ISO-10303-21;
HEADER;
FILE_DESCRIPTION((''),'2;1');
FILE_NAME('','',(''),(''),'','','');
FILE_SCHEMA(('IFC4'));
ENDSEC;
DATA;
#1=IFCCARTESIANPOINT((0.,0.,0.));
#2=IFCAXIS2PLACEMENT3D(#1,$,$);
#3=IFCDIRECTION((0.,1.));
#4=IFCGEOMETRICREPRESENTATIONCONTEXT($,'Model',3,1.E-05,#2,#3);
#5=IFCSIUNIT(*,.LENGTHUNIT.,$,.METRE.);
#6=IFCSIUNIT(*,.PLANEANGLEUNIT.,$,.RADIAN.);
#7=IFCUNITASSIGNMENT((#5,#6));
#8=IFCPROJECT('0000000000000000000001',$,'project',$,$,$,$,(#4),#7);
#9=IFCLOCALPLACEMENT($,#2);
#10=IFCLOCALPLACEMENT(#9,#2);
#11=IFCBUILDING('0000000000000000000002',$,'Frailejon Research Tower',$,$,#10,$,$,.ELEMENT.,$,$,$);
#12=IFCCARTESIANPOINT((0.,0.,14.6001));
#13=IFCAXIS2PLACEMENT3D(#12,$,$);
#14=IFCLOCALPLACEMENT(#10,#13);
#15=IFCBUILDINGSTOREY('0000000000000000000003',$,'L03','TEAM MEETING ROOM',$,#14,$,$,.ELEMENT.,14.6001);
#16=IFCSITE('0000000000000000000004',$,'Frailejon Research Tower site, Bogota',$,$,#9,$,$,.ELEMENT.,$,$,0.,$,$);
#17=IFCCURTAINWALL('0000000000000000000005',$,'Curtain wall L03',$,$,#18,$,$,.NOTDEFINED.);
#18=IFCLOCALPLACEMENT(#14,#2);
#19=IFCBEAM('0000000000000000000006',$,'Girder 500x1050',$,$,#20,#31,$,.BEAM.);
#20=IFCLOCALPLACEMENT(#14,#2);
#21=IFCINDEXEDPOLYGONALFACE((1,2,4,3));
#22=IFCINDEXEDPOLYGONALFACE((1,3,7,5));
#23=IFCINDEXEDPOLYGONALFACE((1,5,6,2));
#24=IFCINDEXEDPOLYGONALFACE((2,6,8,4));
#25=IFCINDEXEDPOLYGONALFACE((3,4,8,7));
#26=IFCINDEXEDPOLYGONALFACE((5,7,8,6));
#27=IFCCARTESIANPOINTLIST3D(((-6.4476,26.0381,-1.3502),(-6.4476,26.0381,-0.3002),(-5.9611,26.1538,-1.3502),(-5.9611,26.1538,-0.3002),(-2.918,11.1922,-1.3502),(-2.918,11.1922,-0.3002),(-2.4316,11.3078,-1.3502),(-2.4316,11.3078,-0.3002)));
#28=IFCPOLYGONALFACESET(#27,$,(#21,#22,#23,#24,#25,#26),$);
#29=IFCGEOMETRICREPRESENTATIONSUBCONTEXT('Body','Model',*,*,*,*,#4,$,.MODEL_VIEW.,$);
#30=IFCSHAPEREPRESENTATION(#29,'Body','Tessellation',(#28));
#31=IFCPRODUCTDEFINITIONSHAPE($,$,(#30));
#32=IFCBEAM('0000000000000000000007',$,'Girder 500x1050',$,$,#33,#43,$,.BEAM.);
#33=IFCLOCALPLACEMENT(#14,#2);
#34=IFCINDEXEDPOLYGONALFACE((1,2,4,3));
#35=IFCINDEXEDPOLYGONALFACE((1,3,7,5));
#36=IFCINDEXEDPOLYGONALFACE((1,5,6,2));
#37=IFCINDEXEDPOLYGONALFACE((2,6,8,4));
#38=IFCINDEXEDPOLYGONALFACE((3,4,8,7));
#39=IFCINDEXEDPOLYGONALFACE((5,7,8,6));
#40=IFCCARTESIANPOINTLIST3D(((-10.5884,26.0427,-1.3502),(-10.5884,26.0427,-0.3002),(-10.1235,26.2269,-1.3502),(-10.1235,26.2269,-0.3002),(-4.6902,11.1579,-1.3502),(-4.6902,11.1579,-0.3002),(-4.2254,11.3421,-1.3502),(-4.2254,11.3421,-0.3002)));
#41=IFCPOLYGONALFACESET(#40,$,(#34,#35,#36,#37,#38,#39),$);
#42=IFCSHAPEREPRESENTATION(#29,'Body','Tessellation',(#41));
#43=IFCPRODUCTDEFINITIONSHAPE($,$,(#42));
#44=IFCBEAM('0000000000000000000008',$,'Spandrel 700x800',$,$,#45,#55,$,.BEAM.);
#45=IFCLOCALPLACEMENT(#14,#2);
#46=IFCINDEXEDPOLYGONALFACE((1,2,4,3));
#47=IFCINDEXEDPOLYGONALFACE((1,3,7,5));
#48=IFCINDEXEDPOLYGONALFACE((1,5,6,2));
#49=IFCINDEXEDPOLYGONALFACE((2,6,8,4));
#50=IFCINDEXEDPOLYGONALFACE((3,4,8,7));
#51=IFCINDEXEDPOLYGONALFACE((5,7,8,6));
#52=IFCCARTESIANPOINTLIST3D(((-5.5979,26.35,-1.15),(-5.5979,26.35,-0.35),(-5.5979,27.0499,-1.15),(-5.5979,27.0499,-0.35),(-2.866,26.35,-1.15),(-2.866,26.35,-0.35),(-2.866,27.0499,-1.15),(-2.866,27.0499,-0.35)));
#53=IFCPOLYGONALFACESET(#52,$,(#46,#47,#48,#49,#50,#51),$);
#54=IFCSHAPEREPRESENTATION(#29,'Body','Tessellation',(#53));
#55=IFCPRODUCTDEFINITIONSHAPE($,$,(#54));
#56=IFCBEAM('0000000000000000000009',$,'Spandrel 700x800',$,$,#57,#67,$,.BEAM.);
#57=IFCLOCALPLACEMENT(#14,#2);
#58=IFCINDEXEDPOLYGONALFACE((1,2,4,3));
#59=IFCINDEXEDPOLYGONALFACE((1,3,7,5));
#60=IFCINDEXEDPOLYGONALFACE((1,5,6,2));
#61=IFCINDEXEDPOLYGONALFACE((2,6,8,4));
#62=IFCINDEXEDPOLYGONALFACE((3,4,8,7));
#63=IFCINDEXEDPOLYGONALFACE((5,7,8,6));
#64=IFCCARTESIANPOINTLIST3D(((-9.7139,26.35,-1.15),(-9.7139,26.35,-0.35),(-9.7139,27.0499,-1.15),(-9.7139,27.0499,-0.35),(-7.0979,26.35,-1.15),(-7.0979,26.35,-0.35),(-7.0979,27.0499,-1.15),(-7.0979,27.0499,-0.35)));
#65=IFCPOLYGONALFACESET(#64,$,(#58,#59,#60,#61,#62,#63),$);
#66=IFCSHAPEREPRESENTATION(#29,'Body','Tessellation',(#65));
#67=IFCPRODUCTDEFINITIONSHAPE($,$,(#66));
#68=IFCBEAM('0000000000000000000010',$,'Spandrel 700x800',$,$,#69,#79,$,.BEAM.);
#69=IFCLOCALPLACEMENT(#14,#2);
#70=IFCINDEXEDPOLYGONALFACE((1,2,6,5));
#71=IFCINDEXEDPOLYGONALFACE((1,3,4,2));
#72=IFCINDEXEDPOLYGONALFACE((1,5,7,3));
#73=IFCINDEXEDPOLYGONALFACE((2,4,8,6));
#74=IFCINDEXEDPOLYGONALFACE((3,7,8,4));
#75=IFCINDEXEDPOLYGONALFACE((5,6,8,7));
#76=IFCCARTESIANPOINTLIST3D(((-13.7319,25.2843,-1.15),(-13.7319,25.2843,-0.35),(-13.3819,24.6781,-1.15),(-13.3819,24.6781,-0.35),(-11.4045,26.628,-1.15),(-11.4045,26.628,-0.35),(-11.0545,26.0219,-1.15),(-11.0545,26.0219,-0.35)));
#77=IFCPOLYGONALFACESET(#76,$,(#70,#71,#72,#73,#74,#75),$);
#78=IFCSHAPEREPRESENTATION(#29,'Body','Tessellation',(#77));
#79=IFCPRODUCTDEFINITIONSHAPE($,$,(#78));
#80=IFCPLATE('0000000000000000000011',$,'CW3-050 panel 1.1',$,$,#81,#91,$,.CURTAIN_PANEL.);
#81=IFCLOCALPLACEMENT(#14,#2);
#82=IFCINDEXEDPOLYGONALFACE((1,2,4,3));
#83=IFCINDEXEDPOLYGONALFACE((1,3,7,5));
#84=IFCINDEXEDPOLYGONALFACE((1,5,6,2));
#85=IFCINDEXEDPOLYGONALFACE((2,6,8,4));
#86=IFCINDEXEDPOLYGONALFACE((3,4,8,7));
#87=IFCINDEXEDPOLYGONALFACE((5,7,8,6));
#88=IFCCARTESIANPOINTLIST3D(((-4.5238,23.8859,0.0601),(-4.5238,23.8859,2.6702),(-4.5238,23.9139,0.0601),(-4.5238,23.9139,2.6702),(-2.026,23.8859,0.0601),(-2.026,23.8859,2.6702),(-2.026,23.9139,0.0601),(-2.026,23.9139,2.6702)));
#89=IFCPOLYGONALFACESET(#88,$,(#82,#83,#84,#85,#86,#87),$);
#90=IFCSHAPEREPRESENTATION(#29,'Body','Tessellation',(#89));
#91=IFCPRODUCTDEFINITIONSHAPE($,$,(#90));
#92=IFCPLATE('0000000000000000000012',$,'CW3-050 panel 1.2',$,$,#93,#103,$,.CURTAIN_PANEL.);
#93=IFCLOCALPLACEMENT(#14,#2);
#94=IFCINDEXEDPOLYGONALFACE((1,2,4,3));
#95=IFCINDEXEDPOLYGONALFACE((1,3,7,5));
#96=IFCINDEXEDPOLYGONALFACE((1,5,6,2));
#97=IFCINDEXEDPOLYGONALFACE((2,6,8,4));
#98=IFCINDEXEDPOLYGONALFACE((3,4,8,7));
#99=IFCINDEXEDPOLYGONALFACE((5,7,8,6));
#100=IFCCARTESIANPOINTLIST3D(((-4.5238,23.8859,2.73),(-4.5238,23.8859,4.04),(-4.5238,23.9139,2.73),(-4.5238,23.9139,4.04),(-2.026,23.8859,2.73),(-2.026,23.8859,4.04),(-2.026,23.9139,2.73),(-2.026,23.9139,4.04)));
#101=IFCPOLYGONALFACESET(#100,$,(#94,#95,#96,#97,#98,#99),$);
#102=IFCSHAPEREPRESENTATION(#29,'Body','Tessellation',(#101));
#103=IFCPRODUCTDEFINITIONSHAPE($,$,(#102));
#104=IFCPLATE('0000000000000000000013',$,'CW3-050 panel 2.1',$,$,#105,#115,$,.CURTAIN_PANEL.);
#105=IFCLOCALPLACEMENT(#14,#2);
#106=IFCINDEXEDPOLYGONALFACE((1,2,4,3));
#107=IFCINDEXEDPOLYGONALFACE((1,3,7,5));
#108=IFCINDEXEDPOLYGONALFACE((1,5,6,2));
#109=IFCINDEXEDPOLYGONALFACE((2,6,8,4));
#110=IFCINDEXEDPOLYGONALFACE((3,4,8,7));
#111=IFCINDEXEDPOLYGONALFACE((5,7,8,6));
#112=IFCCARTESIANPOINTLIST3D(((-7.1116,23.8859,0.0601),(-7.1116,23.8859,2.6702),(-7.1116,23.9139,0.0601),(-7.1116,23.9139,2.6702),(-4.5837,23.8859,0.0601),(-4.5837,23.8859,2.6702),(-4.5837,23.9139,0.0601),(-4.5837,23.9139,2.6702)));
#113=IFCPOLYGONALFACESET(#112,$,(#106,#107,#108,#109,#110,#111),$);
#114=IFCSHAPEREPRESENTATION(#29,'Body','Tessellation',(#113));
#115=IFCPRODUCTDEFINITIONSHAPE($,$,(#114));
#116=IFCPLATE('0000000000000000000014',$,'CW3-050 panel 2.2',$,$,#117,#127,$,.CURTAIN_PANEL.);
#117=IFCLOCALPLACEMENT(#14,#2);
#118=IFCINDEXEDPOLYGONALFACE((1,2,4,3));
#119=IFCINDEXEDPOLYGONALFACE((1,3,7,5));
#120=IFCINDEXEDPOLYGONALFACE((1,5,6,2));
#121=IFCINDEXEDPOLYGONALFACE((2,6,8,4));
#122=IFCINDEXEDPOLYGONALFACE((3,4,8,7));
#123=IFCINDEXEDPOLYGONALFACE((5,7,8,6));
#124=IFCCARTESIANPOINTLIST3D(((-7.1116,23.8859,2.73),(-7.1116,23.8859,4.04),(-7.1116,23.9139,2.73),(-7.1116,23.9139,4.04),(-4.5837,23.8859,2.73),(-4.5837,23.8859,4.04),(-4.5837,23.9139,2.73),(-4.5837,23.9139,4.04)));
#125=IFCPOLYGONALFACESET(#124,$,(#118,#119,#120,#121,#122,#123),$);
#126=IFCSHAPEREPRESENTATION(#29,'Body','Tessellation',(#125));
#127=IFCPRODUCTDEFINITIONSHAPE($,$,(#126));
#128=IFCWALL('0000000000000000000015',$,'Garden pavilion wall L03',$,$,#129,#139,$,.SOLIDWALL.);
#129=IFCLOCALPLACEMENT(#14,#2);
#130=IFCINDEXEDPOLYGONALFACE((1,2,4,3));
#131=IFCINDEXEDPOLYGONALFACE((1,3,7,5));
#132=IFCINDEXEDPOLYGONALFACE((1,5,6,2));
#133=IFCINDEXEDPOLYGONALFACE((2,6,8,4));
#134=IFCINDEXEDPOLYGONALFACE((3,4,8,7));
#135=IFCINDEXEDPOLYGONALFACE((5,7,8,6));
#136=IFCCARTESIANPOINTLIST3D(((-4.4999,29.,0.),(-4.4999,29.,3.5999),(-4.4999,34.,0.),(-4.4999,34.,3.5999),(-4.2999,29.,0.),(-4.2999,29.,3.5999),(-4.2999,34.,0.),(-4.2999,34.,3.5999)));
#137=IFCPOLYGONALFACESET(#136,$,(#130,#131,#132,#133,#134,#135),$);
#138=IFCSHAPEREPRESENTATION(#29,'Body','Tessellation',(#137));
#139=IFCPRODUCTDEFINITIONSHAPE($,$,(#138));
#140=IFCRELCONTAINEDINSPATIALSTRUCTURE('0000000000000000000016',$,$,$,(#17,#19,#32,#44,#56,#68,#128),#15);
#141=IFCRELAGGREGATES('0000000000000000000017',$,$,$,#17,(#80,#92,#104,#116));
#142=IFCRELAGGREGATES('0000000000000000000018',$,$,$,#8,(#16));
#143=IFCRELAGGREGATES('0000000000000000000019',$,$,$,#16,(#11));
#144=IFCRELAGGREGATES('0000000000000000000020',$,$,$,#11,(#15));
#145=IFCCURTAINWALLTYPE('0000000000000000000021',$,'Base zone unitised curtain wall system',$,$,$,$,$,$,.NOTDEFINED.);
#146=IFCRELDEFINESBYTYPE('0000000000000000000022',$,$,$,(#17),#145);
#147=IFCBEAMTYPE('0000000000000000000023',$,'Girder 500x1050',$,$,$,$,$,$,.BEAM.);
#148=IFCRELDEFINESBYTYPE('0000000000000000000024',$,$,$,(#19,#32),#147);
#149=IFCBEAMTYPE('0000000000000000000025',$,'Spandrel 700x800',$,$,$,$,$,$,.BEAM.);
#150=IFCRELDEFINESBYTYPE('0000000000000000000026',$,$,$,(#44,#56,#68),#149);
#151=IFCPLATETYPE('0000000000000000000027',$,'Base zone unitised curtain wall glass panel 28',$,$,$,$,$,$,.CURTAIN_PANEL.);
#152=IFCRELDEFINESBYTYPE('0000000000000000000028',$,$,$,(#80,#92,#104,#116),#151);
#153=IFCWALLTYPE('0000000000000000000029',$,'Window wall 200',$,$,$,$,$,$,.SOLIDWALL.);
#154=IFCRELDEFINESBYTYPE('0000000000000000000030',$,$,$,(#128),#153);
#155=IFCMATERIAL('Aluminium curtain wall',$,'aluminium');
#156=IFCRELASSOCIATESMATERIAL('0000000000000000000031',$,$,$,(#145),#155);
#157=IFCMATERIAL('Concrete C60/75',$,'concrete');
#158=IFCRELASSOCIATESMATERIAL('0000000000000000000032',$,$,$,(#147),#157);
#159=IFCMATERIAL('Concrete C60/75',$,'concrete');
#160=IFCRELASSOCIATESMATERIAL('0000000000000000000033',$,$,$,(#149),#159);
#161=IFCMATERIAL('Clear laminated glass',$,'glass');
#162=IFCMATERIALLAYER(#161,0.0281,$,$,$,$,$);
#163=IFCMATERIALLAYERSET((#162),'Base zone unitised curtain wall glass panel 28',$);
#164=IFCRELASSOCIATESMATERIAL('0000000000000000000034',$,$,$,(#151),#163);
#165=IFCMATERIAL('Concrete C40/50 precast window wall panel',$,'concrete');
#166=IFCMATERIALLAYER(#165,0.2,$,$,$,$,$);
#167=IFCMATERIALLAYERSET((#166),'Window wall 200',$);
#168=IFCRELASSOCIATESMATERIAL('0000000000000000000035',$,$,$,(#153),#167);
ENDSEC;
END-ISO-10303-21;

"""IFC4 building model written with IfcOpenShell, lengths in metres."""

from ifc_helpers import new_model, si_unit, direction, frame, frame_2d, origin, origin_2d, place, context, subcontext, project, spatial, rectangle, extrude, material, layer, layer_set, material_profile, profile_set, type_object, element, aggregate, save


model = new_model("IFC4")

# Units and contexts
model_context = context("Model", 3, precision=1e-05, world=origin(), true_north=direction((0.0, 1.0)))
body_context = subcontext(model_context, "Body", "Model", "MODEL_VIEW")
ifc_project = project(units=[si_unit("LENGTHUNIT", "METRE"), si_unit("PLANEANGLEUNIT", "RADIAN")], contexts=[model_context])

# Site, building, storey
site_placement = place(None, origin())
site = spatial("IfcSite", under=ifc_project, at=site_placement, Name="Frailejon Research Tower site, Bogota", CompositionType="ELEMENT", RefElevation=0.0)
building_placement = place(site_placement, origin())
building = spatial("IfcBuilding", under=site, at=building_placement, Name="Frailejon Research Tower", CompositionType="ELEMENT")
storey_placement = place(building_placement, frame((0.0, 0.0, 14.6001)))
storey = spatial("IfcBuildingStorey", under=building, at=storey_placement, Name="L03", Description="TEAM MEETING ROOM", CompositionType="ELEMENT", Elevation=14.6001)

# Curtain wall
ifc_material_1 = material(Name="Aluminium curtain wall", Category="aluminium")
curtain_wall_type = type_object("IfcCurtainWallType", Name="Base zone unitised curtain wall system", PredefinedType="NOTDEFINED", material=ifc_material_1)
curtain_wall_placement = place(storey_placement, origin())
curtain_wall = element("IfcCurtainWall", 1, at=curtain_wall_placement, inside=storey, type_object=curtain_wall_type, Name="Curtain wall L03", PredefinedType="NOTDEFINED")

# Beams
ifc_material_2 = material(Name="Concrete C60/75", Category="concrete")
ifc_material_profile_1 = material_profile(ifc_material_2, rectangle(XDim=0.5, YDim=1.05, at=origin_2d()), Name="Girder 500x1050")
ifc_profile_set_1 = profile_set([ifc_material_profile_1], Name="Concrete C60/75")
beam_type_1 = type_object("IfcBeamType", Name="Girder 500x1050", PredefinedType="BEAM", material=ifc_profile_set_1)
beam_1_placement = place(storey_placement, frame((-6.2043, 26.0959, -0.8252), z_axis=(0.231298, -0.972883, 0.0), x_axis=(0.972883, 0.231298, 0.0)))
element("IfcBeam", 2, at=beam_1_placement, inside=storey, type_object=beam_type_1, Name="Girder 500x1050", PredefinedType="BEAM", context=body_context, shape_type="SweptSolid", body=[
    extrude(rectangle(XDim=0.5, YDim=1.05, at=origin_2d()), origin(), (0.0, 0.0, 1.0), 15.2598),
])
beam_2_placement = place(storey_placement, frame((-10.356, 26.1348, -0.8252), z_axis=(0.368389, -0.929672, 0.0), x_axis=(0.929672, 0.368389, 0.0)))
element("IfcBeam", 3, at=beam_2_placement, inside=storey, type_object=beam_type_1, Name="Girder 500x1050", PredefinedType="BEAM", context=body_context, shape_type="SweptSolid", body=[
    extrude(rectangle(XDim=0.5, YDim=1.05, at=origin_2d()), origin(), (0.0, 0.0, 1.0), 16.0107),
])
ifc_material_3 = material(Name="Concrete C60/75", Category="concrete")
ifc_material_profile_2 = material_profile(ifc_material_3, rectangle(XDim=0.7, YDim=0.8, at=origin_2d()), Name="Spandrel 700x800")
ifc_profile_set_2 = profile_set([ifc_material_profile_2], Name="Concrete C60/75")
beam_type_2 = type_object("IfcBeamType", Name="Spandrel 700x800", PredefinedType="BEAM", material=ifc_profile_set_2)
beam_3_placement = place(storey_placement, frame((-2.866, 26.7, -0.75), z_axis=(-1.0, 0.0, 0.0), x_axis=(0.0, -1.0, 0.0)))
element("IfcBeam", 4, at=beam_3_placement, inside=storey, type_object=beam_type_2, Name="Spandrel 700x800", PredefinedType="BEAM", context=body_context, shape_type="SweptSolid", body=[
    extrude(rectangle(XDim=0.7, YDim=0.8, at=origin_2d()), origin(), (0.0, 0.0, 1.0), 2.7319),
])
beam_4_placement = place(storey_placement, frame((-7.0979, 26.7, -0.75), z_axis=(-1.0, 0.0, 0.0), x_axis=(0.0, -1.0, 0.0)))
element("IfcBeam", 5, at=beam_4_placement, inside=storey, type_object=beam_type_2, Name="Spandrel 700x800", PredefinedType="BEAM", context=body_context, shape_type="SweptSolid", body=[
    extrude(rectangle(XDim=0.7, YDim=0.8, at=origin_2d()), origin(), (0.0, 0.0, 1.0), 2.616),
])
beam_5_placement = place(storey_placement, frame((-11.2295, 26.325, -0.75), z_axis=(-0.866021, -0.500008, 0.0), x_axis=(0.500008, -0.866021, 0.0)))
element("IfcBeam", 6, at=beam_5_placement, inside=storey, type_object=beam_type_2, Name="Spandrel 700x800", PredefinedType="BEAM", context=body_context, shape_type="SweptSolid", body=[
    extrude(rectangle(XDim=0.7, YDim=0.8, at=origin_2d()), origin(), (0.0, 0.0, 1.0), 2.6875),
])

# Plates
ifc_material_4 = material(Name="Clear laminated glass", Category="glass")
ifc_layer_1 = layer(ifc_material_4, 0.0281)
ifc_layer_set_1 = layer_set([ifc_layer_1], Name="Base zone unitised curtain wall glass panel 28")
plate_type = type_object("IfcPlateType", Name="Base zone unitised curtain wall glass panel 28", PredefinedType="CURTAIN_PANEL", material=ifc_layer_set_1)
plate_1_placement = place(storey_placement, frame((-3.2749, 23.8999, 0.0601), z_axis=(0.0, 0.0, 1.0), x_axis=(-1.0, 0.0, 0.0)))
plate_1 = element("IfcPlate", 7, at=plate_1_placement, type_object=plate_type, Name="CW3-050 panel 1.1", PredefinedType="CURTAIN_PANEL", context=body_context, shape_type="SweptSolid", body=[
    extrude(rectangle(XDim=2.4978, YDim=0.0281, at=origin_2d()), origin(), (0.0, 0.0, 1.0), 2.6101),
])
plate_2_placement = place(storey_placement, frame((-3.2749, 23.8999, 2.73), z_axis=(0.0, 0.0, 1.0), x_axis=(-1.0, 0.0, 0.0)))
plate_2 = element("IfcPlate", 8, at=plate_2_placement, type_object=plate_type, Name="CW3-050 panel 1.2", PredefinedType="CURTAIN_PANEL", context=body_context, shape_type="SweptSolid", body=[
    extrude(rectangle(XDim=2.4978, YDim=0.0281, at=origin_2d()), origin(), (0.0, 0.0, 1.0), 1.3101),
])
plate_3_placement = place(storey_placement, frame((-5.8477, 23.8999, 0.0601), z_axis=(0.0, 0.0, 1.0), x_axis=(-1.0, 0.0, 0.0)))
plate_3 = element("IfcPlate", 9, at=plate_3_placement, type_object=plate_type, Name="CW3-050 panel 2.1", PredefinedType="CURTAIN_PANEL", context=body_context, shape_type="SweptSolid", body=[
    extrude(rectangle(XDim=2.5278, YDim=0.0281, at=origin_2d()), origin(), (0.0, 0.0, 1.0), 2.6101),
])
plate_4_placement = place(storey_placement, frame((-5.8477, 23.8999, 2.73), z_axis=(0.0, 0.0, 1.0), x_axis=(-1.0, 0.0, 0.0)))
plate_4 = element("IfcPlate", 10, at=plate_4_placement, type_object=plate_type, Name="CW3-050 panel 2.2", PredefinedType="CURTAIN_PANEL", context=body_context, shape_type="SweptSolid", body=[
    extrude(rectangle(XDim=2.5278, YDim=0.0281, at=origin_2d()), origin(), (0.0, 0.0, 1.0), 1.3101),
])
aggregate(curtain_wall, [plate_1, plate_2, plate_3, plate_4])

# Wall
ifc_material_5 = material(Name="Concrete C40/50 precast window wall panel", Category="concrete")
ifc_layer_2 = layer(ifc_material_5, 0.2)
ifc_layer_set_2 = layer_set([ifc_layer_2], Name="Window wall 200")
wall_type = type_object("IfcWallType", Name="Window wall 200", PredefinedType="SOLIDWALL", material=ifc_layer_set_2)
wall_1_placement = place(storey_placement, frame((-4.3999, 29.0, 0.0), z_axis=(0.0, 0.0, 1.0), x_axis=(0.0, 1.0, 0.0)))
element("IfcWall", 11, at=wall_1_placement, inside=storey, type_object=wall_type, Name="Garden pavilion wall L03", PredefinedType="SOLIDWALL", context=body_context, shape_type="SweptSolid", body=[
    extrude(rectangle(XDim=5.0, YDim=0.2, at=frame_2d((2.5, 0.0))), origin(), (0.0, 0.0, 1.0), 3.5999),
])

save(model, "model.ifc")
